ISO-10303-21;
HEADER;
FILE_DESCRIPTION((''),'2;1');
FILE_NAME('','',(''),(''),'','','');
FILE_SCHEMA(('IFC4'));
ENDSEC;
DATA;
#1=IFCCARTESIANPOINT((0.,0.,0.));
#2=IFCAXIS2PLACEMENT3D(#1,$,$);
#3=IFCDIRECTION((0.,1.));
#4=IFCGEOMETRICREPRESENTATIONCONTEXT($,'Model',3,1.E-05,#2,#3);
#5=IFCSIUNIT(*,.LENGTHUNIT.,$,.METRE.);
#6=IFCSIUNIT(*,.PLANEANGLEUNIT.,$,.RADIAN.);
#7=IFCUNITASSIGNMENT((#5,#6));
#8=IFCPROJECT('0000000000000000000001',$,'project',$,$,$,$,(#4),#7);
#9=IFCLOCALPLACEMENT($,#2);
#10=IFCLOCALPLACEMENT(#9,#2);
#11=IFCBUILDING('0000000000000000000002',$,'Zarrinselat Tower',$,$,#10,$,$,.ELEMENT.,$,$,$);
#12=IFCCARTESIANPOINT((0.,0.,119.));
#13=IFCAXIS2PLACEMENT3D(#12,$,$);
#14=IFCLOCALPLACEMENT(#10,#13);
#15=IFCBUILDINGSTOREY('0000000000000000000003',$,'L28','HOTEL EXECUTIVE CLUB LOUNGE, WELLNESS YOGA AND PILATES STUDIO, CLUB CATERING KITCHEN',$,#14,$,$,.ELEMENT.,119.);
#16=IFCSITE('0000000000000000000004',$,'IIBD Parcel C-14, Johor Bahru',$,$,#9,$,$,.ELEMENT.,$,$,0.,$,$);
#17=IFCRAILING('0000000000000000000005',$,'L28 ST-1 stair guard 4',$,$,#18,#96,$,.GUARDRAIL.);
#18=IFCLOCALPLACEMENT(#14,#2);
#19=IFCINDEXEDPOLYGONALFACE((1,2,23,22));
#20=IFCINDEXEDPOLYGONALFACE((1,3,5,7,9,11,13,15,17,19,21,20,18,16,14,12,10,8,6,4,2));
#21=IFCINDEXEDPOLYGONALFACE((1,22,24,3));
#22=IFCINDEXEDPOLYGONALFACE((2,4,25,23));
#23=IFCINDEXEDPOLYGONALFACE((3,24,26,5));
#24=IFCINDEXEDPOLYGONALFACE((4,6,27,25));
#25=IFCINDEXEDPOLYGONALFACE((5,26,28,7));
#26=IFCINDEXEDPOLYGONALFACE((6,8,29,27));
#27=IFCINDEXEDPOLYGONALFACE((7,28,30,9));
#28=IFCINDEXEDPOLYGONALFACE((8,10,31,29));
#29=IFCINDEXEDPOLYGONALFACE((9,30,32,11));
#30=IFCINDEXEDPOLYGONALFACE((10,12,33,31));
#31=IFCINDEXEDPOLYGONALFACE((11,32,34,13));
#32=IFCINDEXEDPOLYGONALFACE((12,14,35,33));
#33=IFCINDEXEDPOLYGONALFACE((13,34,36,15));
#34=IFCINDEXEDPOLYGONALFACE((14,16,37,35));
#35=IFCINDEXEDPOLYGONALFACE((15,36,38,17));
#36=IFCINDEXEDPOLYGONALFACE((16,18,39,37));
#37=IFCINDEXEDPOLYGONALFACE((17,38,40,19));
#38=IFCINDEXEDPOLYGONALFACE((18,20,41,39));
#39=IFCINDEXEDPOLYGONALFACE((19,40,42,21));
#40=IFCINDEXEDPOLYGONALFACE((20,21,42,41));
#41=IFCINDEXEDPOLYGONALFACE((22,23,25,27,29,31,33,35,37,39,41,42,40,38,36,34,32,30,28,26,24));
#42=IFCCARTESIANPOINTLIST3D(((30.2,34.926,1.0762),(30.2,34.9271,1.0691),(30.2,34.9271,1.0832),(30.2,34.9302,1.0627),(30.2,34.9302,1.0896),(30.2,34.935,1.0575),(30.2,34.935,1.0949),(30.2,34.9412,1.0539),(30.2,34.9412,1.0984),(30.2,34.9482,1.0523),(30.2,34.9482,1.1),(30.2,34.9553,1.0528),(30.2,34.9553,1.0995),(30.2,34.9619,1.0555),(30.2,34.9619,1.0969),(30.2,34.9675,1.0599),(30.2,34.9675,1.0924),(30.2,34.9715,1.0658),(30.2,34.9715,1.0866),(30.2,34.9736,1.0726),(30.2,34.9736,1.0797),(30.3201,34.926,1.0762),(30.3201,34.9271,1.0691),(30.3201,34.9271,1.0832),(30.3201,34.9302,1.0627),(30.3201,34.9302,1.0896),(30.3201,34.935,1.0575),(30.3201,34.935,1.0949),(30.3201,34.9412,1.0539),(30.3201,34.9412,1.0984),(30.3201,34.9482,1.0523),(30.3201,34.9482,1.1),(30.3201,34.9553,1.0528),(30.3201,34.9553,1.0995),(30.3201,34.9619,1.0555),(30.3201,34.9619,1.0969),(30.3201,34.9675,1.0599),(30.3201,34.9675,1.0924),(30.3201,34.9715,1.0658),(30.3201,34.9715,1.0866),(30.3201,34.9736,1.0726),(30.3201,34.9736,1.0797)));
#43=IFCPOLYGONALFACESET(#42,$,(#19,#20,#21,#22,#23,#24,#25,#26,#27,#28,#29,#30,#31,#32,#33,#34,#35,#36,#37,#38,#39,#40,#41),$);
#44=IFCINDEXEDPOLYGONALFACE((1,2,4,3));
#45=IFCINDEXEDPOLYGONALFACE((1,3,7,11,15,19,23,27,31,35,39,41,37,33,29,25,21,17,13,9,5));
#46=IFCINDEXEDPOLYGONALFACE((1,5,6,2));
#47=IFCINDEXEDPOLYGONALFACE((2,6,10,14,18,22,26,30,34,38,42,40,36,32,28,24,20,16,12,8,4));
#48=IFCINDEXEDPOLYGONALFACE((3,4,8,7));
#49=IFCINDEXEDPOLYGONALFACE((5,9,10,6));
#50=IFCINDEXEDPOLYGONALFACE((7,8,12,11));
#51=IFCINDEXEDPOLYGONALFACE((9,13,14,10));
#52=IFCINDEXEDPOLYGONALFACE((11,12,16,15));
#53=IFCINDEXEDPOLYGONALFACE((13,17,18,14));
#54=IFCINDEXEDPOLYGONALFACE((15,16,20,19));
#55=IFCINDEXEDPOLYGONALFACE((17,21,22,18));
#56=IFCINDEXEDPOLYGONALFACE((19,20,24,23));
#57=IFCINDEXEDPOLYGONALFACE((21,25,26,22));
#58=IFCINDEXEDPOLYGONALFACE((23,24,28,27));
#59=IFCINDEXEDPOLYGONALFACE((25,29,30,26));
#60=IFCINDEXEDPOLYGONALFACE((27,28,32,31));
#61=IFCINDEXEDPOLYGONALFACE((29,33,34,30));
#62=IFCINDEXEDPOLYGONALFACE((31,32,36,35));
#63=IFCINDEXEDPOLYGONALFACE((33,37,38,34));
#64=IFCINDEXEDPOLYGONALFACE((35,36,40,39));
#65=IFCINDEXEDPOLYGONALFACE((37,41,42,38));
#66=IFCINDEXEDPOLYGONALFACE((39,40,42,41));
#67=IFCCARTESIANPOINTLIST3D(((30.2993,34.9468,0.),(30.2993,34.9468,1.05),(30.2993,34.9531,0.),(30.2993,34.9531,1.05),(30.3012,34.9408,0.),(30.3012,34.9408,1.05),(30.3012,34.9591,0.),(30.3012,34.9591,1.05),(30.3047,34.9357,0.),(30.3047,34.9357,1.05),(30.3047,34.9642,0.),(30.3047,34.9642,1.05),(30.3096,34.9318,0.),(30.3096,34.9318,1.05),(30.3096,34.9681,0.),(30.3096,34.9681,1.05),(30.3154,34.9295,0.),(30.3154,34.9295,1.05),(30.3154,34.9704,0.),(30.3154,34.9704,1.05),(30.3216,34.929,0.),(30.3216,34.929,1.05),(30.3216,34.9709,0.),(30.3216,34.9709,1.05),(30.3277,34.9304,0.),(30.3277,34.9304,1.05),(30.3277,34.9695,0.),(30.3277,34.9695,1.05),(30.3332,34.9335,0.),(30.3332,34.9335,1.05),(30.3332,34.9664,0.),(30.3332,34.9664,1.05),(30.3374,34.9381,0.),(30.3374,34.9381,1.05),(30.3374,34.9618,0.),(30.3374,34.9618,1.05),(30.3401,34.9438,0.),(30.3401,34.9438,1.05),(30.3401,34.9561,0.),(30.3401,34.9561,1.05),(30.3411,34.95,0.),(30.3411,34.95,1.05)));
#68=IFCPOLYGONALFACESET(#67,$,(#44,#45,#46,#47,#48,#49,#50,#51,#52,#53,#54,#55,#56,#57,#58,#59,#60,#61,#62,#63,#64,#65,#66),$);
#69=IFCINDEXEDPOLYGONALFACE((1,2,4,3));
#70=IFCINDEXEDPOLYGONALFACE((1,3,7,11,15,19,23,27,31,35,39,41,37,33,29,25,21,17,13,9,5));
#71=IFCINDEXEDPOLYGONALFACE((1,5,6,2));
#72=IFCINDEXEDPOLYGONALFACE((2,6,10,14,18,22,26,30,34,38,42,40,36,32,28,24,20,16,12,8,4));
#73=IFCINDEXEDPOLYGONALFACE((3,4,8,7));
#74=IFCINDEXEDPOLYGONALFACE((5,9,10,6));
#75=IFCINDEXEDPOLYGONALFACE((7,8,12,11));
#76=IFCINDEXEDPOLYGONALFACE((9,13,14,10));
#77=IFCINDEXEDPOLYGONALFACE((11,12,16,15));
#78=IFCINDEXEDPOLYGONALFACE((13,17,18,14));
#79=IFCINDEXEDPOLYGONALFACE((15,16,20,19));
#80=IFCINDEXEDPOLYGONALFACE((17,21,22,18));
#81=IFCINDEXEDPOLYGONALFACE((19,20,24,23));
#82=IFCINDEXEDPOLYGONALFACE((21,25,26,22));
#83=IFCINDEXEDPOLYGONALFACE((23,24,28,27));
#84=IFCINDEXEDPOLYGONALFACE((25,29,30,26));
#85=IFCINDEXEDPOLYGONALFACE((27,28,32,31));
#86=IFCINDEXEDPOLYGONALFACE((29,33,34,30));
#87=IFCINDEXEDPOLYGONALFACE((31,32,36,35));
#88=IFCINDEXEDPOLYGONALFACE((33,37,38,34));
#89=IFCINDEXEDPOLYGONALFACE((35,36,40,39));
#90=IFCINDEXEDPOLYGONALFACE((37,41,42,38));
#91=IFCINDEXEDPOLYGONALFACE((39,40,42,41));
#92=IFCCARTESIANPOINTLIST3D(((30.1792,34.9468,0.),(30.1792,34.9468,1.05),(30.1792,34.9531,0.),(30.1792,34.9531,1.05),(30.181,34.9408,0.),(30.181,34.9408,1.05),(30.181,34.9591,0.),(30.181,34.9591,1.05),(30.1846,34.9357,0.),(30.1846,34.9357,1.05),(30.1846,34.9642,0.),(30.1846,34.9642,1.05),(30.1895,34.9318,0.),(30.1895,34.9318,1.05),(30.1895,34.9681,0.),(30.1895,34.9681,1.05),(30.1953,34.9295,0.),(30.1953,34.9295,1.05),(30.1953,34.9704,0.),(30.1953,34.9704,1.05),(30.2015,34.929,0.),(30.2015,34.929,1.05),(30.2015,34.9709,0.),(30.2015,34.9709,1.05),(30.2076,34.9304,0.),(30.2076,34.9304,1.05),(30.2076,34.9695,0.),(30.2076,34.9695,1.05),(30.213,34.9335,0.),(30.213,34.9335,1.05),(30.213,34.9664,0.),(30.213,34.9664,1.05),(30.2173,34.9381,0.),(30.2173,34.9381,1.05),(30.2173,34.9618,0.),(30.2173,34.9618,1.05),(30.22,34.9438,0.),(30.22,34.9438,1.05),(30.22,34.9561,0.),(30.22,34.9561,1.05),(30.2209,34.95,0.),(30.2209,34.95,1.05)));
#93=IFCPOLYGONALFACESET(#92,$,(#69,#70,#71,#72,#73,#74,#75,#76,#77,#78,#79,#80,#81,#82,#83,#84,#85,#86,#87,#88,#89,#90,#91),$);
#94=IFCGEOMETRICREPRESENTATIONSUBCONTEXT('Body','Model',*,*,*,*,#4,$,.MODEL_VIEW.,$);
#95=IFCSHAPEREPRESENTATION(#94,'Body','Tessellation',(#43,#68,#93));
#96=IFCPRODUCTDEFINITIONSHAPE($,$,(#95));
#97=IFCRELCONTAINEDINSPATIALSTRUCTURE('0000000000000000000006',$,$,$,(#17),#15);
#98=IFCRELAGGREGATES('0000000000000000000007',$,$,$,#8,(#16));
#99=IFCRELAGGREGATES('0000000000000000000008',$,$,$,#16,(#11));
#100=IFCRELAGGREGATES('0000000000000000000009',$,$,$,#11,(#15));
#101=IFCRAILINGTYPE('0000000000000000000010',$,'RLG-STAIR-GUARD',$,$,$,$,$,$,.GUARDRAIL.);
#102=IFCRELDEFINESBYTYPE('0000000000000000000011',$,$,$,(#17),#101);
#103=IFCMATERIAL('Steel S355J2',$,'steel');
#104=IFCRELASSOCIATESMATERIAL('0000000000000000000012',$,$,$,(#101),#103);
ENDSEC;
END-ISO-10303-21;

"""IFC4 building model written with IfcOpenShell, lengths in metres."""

from ifc_helpers import new_model, si_unit, direction, frame, origin, origin_2d, place, context, subcontext, project, spatial, circle, extrude, material, type_object, element, save


model = new_model("IFC4")

# Units and contexts
model_context = context("Model", 3, precision=1e-05, world=origin(), true_north=direction((0.0, 1.0)))
body_context = subcontext(model_context, "Body", "Model", "MODEL_VIEW")
ifc_project = project(units=[si_unit("LENGTHUNIT", "METRE"), si_unit("PLANEANGLEUNIT", "RADIAN")], contexts=[model_context])

# Site, building, storey
site_placement = place(None, origin())
site = spatial("IfcSite", under=ifc_project, at=site_placement, Name="IIBD Parcel C-14, Johor Bahru", CompositionType="ELEMENT", RefElevation=0.0)
building_placement = place(site_placement, origin())
building = spatial("IfcBuilding", under=site, at=building_placement, Name="Zarrinselat Tower", CompositionType="ELEMENT")
storey_placement = place(building_placement, frame((0.0, 0.0, 119.0)))
storey = spatial("IfcBuildingStorey", under=building, at=storey_placement, Name="L28", Description="HOTEL EXECUTIVE CLUB LOUNGE, WELLNESS YOGA AND PILATES STUDIO, CLUB CATERING KITCHEN", CompositionType="ELEMENT", Elevation=119.0)

# Railing
ifc_material_1 = material(Name="Steel S355J2", Category="steel")
railing_type_1 = type_object("IfcRailingType", Name="RLG-STAIR-GUARD", PredefinedType="GUARDRAIL", material=ifc_material_1)
railing_1_placement = place(storey_placement, frame((30.3201, 34.95, 0.0)))
element("IfcRailing", 1, at=railing_1_placement, inside=storey, type_object=railing_type_1, Name="L28 ST-1 stair guard 4", PredefinedType="GUARDRAIL", context=body_context, shape_type="SweptSolid", body=[
    extrude(circle(Radius=0.0239, at=origin_2d()), frame((0.0, 0.0, 1.0762), z_axis=(-1.0, 0.0, 0.0), x_axis=(0.0, -1.0, 0.0)), (0.0, 0.0, 1.0), 0.1201),
    extrude(circle(Radius=0.021, at=origin_2d()), origin(), (0.0, 0.0, 1.0), 1.05),
    extrude(circle(Radius=0.021, at=origin_2d()), frame((-0.1201, 0.0, 0.0)), (0.0, 0.0, 1.0), 1.05),
])

save(model, "model.ifc")
